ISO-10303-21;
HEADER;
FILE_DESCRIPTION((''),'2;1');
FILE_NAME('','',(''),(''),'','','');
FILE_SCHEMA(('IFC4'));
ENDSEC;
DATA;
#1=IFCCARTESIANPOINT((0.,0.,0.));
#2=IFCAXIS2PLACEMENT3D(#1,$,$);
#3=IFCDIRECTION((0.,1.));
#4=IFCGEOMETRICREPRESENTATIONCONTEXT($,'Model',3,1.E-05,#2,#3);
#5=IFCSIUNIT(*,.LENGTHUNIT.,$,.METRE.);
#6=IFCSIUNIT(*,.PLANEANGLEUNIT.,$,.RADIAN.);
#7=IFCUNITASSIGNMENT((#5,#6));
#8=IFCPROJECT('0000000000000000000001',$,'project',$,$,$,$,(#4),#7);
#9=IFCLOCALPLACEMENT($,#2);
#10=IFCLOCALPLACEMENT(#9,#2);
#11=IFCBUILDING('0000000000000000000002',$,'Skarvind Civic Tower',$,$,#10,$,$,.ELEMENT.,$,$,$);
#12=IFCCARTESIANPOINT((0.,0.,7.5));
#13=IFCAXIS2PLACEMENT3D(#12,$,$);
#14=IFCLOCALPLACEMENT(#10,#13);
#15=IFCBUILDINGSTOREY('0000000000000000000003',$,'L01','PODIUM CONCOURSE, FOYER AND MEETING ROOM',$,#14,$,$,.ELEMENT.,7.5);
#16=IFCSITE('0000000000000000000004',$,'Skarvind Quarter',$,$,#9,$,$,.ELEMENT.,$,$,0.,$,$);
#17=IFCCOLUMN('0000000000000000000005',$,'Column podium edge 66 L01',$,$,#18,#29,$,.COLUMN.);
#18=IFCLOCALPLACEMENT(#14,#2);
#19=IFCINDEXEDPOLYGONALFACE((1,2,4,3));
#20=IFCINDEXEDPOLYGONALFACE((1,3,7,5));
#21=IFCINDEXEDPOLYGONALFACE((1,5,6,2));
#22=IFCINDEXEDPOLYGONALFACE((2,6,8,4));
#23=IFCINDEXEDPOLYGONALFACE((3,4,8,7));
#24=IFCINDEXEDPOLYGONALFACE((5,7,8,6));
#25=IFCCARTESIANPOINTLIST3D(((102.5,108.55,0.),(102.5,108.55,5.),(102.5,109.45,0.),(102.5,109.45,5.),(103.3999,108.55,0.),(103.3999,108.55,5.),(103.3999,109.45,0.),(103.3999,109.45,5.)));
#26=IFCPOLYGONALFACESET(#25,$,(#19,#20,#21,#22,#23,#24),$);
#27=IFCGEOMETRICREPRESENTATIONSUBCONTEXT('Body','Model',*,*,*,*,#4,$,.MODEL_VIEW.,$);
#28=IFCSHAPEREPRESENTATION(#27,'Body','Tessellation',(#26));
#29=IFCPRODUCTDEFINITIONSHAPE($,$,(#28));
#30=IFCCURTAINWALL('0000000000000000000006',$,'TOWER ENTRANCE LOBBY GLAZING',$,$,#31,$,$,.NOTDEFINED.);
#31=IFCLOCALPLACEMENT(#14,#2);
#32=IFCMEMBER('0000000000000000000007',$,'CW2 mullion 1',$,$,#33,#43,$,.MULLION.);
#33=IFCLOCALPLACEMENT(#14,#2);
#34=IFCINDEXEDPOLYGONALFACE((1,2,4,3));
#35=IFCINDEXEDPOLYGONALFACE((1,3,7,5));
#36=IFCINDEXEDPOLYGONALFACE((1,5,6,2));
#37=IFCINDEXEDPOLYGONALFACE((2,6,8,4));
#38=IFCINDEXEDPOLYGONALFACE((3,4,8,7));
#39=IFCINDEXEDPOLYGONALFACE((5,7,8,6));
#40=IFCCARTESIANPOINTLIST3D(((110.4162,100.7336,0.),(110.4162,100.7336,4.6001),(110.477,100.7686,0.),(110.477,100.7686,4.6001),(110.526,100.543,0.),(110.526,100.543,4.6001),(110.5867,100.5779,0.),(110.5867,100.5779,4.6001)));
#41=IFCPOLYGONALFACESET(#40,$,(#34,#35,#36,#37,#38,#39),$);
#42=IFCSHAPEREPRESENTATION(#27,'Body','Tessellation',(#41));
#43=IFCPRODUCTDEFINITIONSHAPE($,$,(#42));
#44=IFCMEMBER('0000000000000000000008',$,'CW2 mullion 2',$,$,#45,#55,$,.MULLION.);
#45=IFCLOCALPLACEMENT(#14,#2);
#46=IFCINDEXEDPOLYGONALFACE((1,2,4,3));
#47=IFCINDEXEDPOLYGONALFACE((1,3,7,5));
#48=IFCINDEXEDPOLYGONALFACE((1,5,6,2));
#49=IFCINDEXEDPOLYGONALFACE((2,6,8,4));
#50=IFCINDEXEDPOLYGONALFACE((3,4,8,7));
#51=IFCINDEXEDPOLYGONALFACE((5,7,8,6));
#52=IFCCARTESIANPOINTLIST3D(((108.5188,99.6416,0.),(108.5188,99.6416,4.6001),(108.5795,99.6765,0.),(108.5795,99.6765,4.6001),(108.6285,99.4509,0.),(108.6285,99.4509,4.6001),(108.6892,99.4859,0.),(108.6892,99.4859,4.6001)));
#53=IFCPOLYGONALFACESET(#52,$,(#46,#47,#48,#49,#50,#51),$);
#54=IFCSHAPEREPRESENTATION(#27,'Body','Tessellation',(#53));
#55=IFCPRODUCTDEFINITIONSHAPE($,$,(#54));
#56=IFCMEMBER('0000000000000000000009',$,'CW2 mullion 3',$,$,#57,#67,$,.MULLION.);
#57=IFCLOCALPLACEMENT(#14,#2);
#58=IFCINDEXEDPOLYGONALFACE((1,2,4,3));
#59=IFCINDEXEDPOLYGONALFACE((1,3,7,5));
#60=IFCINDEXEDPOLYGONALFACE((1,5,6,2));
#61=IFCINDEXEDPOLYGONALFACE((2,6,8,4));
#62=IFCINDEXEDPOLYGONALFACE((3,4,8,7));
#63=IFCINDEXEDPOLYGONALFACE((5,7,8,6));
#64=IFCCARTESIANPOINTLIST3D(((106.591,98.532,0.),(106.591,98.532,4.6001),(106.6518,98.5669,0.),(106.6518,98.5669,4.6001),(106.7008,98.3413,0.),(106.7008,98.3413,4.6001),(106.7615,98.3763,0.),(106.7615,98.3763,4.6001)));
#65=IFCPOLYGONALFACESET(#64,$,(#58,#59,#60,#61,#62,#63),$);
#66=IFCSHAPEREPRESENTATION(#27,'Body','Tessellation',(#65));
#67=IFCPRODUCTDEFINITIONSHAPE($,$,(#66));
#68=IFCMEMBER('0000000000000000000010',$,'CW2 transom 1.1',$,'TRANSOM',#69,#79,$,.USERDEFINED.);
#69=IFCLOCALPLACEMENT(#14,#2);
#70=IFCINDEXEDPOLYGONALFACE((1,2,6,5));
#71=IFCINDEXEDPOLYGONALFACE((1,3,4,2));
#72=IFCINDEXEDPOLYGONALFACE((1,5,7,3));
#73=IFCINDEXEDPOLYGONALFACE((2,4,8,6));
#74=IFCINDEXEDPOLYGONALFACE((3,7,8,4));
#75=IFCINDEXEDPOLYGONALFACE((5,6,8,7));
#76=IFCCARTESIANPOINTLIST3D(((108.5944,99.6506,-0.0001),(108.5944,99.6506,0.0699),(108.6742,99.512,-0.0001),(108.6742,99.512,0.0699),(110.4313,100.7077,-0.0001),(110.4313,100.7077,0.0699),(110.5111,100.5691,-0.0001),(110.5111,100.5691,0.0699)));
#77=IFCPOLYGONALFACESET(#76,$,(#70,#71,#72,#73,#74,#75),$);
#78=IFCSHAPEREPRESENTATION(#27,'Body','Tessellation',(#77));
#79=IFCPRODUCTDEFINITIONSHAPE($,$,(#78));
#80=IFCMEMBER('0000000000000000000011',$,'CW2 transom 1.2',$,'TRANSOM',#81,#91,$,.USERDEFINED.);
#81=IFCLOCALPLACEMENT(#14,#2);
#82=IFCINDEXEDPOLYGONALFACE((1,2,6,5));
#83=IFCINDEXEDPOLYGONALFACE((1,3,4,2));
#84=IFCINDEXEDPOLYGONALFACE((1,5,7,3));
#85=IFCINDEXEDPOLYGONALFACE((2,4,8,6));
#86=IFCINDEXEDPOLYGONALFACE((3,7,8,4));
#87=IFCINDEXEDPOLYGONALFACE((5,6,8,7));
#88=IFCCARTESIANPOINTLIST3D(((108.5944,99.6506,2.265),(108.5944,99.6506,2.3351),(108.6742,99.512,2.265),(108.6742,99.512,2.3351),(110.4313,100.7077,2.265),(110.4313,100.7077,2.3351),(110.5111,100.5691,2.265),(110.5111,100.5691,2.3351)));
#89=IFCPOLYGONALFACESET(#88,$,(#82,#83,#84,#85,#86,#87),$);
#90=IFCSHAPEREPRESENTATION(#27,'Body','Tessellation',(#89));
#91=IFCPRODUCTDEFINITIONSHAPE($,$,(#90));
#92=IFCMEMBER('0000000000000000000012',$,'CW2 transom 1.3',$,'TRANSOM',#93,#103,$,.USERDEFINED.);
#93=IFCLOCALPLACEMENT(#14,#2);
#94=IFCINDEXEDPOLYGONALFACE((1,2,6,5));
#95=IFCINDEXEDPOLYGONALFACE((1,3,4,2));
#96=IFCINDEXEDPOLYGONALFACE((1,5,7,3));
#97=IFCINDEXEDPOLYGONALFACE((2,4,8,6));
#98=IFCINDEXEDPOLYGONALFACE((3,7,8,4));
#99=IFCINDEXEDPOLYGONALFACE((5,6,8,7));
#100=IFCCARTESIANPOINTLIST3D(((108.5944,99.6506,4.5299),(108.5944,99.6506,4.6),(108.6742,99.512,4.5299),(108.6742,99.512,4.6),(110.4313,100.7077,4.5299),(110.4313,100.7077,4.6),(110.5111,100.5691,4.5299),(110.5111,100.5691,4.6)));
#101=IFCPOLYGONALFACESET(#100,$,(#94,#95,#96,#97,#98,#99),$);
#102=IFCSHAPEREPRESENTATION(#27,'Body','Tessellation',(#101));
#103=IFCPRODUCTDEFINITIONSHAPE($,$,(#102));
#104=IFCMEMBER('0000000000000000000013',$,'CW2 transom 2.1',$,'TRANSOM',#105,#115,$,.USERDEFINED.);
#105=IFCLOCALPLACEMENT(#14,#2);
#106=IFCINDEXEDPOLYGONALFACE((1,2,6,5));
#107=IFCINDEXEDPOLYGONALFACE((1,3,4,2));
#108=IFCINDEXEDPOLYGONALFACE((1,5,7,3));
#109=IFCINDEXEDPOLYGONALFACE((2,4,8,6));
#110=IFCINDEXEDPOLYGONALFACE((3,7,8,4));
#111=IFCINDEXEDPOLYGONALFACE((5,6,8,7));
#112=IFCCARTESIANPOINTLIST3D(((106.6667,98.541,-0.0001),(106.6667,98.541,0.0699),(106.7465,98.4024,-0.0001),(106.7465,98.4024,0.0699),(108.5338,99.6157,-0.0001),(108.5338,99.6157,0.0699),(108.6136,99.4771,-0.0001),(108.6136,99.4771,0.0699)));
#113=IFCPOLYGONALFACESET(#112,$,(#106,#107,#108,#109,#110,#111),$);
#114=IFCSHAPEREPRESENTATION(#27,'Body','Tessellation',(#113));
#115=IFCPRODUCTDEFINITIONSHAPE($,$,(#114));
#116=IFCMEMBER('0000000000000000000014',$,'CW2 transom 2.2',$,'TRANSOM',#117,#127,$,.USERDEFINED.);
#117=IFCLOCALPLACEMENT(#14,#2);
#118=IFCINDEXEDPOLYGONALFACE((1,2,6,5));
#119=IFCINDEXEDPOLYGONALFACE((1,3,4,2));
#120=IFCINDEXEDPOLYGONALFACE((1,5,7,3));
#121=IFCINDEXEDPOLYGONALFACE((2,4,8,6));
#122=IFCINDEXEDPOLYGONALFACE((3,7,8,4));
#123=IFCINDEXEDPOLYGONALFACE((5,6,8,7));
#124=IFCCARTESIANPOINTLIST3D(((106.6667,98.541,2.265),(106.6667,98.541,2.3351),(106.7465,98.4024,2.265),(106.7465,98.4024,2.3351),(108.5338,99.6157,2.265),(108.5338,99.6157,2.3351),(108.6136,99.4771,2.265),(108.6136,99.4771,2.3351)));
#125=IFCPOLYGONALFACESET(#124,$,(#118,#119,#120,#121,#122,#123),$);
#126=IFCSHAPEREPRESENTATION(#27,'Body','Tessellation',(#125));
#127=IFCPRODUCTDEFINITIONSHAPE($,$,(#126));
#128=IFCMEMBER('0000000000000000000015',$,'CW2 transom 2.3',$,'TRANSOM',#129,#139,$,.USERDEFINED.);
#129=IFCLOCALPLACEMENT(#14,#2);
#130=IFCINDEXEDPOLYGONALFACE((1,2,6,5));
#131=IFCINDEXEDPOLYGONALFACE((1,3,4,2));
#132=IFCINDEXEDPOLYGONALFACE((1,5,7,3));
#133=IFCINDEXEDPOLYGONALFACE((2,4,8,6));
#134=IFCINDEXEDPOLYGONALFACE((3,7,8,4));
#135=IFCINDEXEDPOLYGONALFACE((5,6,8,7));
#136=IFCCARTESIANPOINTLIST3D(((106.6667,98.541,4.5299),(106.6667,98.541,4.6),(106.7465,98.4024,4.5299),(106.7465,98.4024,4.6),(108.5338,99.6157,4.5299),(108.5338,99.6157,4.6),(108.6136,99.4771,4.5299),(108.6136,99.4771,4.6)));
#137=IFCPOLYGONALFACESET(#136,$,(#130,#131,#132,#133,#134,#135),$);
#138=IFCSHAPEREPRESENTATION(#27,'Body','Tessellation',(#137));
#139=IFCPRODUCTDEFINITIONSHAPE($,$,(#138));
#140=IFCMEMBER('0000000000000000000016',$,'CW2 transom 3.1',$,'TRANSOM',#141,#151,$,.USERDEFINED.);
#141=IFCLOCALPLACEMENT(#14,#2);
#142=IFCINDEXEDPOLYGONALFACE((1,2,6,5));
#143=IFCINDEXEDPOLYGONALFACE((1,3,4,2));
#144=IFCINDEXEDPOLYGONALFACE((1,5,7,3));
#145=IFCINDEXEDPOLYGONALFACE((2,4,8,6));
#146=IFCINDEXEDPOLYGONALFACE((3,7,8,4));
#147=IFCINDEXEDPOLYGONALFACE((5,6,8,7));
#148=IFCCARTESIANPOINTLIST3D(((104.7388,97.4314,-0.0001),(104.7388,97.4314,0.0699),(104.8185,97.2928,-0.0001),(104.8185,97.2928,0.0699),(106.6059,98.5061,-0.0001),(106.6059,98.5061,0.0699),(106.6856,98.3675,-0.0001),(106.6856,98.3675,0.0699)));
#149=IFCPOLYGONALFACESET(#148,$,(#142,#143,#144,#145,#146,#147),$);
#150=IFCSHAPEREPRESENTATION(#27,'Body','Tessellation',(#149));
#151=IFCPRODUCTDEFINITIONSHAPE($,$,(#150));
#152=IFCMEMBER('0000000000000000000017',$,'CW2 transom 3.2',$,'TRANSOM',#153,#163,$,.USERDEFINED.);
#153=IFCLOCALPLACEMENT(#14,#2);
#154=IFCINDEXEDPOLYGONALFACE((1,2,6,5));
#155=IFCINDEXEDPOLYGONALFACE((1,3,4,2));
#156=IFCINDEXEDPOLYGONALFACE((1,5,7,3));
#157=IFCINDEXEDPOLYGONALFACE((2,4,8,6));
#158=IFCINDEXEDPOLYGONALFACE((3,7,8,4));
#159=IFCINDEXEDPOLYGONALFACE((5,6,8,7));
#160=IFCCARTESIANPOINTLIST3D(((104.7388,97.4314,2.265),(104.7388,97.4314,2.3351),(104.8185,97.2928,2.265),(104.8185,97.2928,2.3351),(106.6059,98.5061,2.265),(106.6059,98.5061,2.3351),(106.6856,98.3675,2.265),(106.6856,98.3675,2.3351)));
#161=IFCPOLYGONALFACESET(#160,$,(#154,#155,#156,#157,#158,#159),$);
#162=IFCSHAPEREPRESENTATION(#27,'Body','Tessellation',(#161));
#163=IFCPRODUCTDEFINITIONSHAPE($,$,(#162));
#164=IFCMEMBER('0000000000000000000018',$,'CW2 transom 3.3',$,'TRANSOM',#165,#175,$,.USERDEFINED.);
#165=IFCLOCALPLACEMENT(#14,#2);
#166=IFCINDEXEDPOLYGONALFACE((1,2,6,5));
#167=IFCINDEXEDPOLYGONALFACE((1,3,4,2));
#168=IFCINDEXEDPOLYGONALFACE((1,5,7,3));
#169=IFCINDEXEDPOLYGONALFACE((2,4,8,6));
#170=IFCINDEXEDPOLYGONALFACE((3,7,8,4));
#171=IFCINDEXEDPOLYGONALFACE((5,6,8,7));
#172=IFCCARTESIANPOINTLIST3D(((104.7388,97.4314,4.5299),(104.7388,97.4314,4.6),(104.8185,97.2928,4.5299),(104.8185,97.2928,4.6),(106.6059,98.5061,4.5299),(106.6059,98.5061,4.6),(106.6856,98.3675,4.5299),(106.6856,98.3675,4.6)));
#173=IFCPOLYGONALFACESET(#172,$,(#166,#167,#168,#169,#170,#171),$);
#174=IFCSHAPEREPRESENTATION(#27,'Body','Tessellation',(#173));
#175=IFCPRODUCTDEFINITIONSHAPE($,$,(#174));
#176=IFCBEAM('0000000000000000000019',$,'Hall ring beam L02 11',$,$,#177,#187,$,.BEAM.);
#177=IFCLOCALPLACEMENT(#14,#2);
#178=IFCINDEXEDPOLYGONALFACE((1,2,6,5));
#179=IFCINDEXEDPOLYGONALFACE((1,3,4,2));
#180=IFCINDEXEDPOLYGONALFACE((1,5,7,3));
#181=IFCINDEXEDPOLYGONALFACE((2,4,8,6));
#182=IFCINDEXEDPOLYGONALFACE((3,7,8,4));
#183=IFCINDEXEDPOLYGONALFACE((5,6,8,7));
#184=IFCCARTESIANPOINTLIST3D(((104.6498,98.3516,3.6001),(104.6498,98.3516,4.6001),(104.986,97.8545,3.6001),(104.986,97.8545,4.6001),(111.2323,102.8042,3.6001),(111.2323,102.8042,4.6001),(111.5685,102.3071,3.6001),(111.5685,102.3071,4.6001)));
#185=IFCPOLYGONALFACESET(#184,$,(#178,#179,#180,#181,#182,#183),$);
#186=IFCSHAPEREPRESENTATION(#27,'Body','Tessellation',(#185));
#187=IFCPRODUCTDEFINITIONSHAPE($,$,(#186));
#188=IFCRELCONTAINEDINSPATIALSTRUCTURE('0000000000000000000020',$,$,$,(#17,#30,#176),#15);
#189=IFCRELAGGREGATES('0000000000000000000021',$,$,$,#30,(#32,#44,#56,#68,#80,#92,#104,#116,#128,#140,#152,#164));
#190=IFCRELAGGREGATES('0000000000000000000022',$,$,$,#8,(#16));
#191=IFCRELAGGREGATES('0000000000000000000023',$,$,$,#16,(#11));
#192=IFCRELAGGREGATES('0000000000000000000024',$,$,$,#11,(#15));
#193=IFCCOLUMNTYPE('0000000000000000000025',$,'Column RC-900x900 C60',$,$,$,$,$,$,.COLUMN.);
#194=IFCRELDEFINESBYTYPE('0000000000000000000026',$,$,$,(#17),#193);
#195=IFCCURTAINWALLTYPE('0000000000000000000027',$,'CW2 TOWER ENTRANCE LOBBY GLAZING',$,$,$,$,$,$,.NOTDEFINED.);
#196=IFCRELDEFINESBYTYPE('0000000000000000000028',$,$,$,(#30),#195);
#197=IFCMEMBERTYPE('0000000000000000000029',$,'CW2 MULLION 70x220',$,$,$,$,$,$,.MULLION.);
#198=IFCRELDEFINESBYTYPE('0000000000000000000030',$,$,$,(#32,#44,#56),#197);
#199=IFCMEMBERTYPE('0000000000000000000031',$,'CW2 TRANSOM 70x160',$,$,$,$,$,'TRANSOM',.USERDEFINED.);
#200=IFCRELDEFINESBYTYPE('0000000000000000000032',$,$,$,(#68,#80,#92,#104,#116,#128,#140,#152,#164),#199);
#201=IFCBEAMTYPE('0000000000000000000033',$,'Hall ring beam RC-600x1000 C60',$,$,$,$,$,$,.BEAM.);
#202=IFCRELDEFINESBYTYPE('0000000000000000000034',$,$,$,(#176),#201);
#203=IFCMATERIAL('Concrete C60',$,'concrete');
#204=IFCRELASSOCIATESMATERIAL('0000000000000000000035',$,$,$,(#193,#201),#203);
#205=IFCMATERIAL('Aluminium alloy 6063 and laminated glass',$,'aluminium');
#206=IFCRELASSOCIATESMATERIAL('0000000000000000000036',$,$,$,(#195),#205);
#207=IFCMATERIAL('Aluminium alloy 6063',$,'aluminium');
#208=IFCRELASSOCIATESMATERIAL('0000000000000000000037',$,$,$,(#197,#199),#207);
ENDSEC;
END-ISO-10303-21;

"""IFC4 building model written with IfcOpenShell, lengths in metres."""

from ifc_helpers import new_model, si_unit, direction, frame, origin, origin_2d, place, context, subcontext, project, spatial, rectangle, extrude, material, material_profile, profile_set, type_object, element, aggregate, save


model = new_model("IFC4")

# Units and contexts
model_context = context("Model", 3, precision=1e-05, world=origin(), true_north=direction((0.0, 1.0)))
body_context = subcontext(model_context, "Body", "Model", "MODEL_VIEW")
ifc_project = project(units=[si_unit("LENGTHUNIT", "METRE"), si_unit("PLANEANGLEUNIT", "RADIAN")], contexts=[model_context])

# Site, building, storey
site_placement = place(None, origin())
site = spatial("IfcSite", under=ifc_project, at=site_placement, Name="Skarvind Quarter", CompositionType="ELEMENT", RefElevation=0.0)
building_placement = place(site_placement, origin())
building = spatial("IfcBuilding", under=site, at=building_placement, Name="Skarvind Civic Tower", CompositionType="ELEMENT")
storey_placement = place(building_placement, frame((0.0, 0.0, 7.5)))
storey = spatial("IfcBuildingStorey", under=building, at=storey_placement, Name="L01", Description="PODIUM CONCOURSE, FOYER AND MEETING ROOM", CompositionType="ELEMENT", Elevation=7.5)

# Column
ifc_material_1 = material(Name="Concrete C60", Category="concrete")
ifc_material_profile_1 = material_profile(ifc_material_1, rectangle(XDim=0.8999, YDim=0.8999, at=origin_2d()), Name="RC-900x900")
ifc_profile_set_1 = profile_set([ifc_material_profile_1], Name="Concrete C60")
column_type = type_object("IfcColumnType", Name="Column RC-900x900 C60", PredefinedType="COLUMN", material=ifc_profile_set_1)
column_placement = place(storey_placement, frame((102.95, 109.0, 0.0), z_axis=(0.0, 0.0, 1.0), x_axis=(1.0, 0.0, 0.0)))
element("IfcColumn", 1, at=column_placement, inside=storey, type_object=column_type, Name="Column podium edge 66 L01", PredefinedType="COLUMN", context=body_context, shape_type="SweptSolid", body=[
    extrude(rectangle(XDim=0.8999, YDim=0.8999, at=origin_2d()), origin(), (0.0, 0.0, 1.0), 5.0),
])

# Curtain wall, members
ifc_material_2 = material(Name="Aluminium alloy 6063 and laminated glass", Category="aluminium")
curtain_wall_type = type_object("IfcCurtainWallType", Name="CW2 TOWER ENTRANCE LOBBY GLAZING", PredefinedType="NOTDEFINED", material=ifc_material_2)
curtain_wall_placement = place(storey_placement, origin())
curtain_wall = element("IfcCurtainWall", 2, at=curtain_wall_placement, inside=storey, type_object=curtain_wall_type, Name="TOWER ENTRANCE LOBBY GLAZING", PredefinedType="NOTDEFINED")
ifc_material_3 = material(Name="Aluminium alloy 6063", Category="aluminium")
ifc_material_profile_2 = material_profile(ifc_material_3, rectangle(XDim=0.22, YDim=0.0701, at=origin_2d()), Name="AL 70x220")
ifc_profile_set_2 = profile_set([ifc_material_profile_2], Name="Aluminium alloy 6063")
member_type_1 = type_object("IfcMemberType", Name="CW2 MULLION 70x220", PredefinedType="MULLION", material=ifc_profile_set_2)
member_1_placement = place(storey_placement, frame((110.5015, 100.6558, 0.0), z_axis=(0.0, 0.0, 1.0), x_axis=(0.498825, -0.866702, 0.0)))
member_1 = element("IfcMember", 3, at=member_1_placement, type_object=member_type_1, Name="CW2 mullion 1", PredefinedType="MULLION", context=body_context, shape_type="SweptSolid", body=[
    extrude(rectangle(XDim=0.22, YDim=0.0701, at=origin_2d()), origin(), (0.0, 0.0, 1.0), 4.6001),
])
member_2_placement = place(storey_placement, frame((108.604, 99.5637, 0.0), z_axis=(0.0, 0.0, 1.0), x_axis=(0.498825, -0.866702, 0.0)))
member_2 = element("IfcMember", 4, at=member_2_placement, type_object=member_type_1, Name="CW2 mullion 2", PredefinedType="MULLION", context=body_context, shape_type="SweptSolid", body=[
    extrude(rectangle(XDim=0.22, YDim=0.0701, at=origin_2d()), origin(), (0.0, 0.0, 1.0), 4.6001),
])
member_3_placement = place(storey_placement, frame((106.6763, 98.4541, 0.0), z_axis=(0.0, 0.0, 1.0), x_axis=(0.498825, -0.866702, 0.0)))
member_3 = element("IfcMember", 5, at=member_3_placement, type_object=member_type_1, Name="CW2 mullion 3", PredefinedType="MULLION", context=body_context, shape_type="SweptSolid", body=[
    extrude(rectangle(XDim=0.22, YDim=0.0701, at=origin_2d()), origin(), (0.0, 0.0, 1.0), 4.6001),
])
ifc_material_profile_3 = material_profile(ifc_material_3, rectangle(XDim=0.1599, YDim=0.0701, at=origin_2d()), Name="AL 70x160")
ifc_profile_set_3 = profile_set([ifc_material_profile_3], Name="Aluminium alloy 6063")
member_type_2 = type_object("IfcMemberType", Name="CW2 TRANSOM 70x160", ElementType="TRANSOM", PredefinedType="USERDEFINED", material=ifc_profile_set_3)
member_4_placement = place(storey_placement, frame((110.4712, 100.6384, 0.0349), z_axis=(-0.866722, -0.498791, 0.0), x_axis=(0.498791, -0.866722, 0.0)))
member_4 = element("IfcMember", 6, at=member_4_placement, type_object=member_type_2, Name="CW2 transom 1.1", ObjectType="TRANSOM", PredefinedType="USERDEFINED", context=body_context, shape_type="SweptSolid", body=[
    extrude(rectangle(XDim=0.1599, YDim=0.0701, at=origin_2d()), origin(), (0.0, 0.0, 1.0), 2.1194),
])
member_5_placement = place(storey_placement, frame((110.4712, 100.6384, 2.3), z_axis=(-0.866722, -0.498791, 0.0), x_axis=(0.498791, -0.866722, 0.0)))
member_5 = element("IfcMember", 7, at=member_5_placement, type_object=member_type_2, Name="CW2 transom 1.2", ObjectType="TRANSOM", PredefinedType="USERDEFINED", context=body_context, shape_type="SweptSolid", body=[
    extrude(rectangle(XDim=0.1599, YDim=0.0701, at=origin_2d()), origin(), (0.0, 0.0, 1.0), 2.1194),
])
member_6_placement = place(storey_placement, frame((110.4712, 100.6384, 4.5649), z_axis=(-0.866722, -0.498791, 0.0), x_axis=(0.498791, -0.866722, 0.0)))
member_6 = element("IfcMember", 8, at=member_6_placement, type_object=member_type_2, Name="CW2 transom 1.3", ObjectType="TRANSOM", PredefinedType="USERDEFINED", context=body_context, shape_type="SweptSolid", body=[
    extrude(rectangle(XDim=0.1599, YDim=0.0701, at=origin_2d()), origin(), (0.0, 0.0, 1.0), 2.1194),
])
member_7_placement = place(storey_placement, frame((108.5737, 99.5464, 0.0349), z_axis=(-0.866691, -0.498846, 0.0), x_axis=(0.498846, -0.866691, 0.0)))
member_7 = element("IfcMember", 9, at=member_7_placement, type_object=member_type_2, Name="CW2 transom 2.1", ObjectType="TRANSOM", PredefinedType="USERDEFINED", context=body_context, shape_type="SweptSolid", body=[
    extrude(rectangle(XDim=0.1599, YDim=0.0701, at=origin_2d()), origin(), (0.0, 0.0, 1.0), 2.1543),
])
member_8_placement = place(storey_placement, frame((108.5737, 99.5464, 2.3), z_axis=(-0.866691, -0.498846, 0.0), x_axis=(0.498846, -0.866691, 0.0)))
member_8 = element("IfcMember", 10, at=member_8_placement, type_object=member_type_2, Name="CW2 transom 2.2", ObjectType="TRANSOM", PredefinedType="USERDEFINED", context=body_context, shape_type="SweptSolid", body=[
    extrude(rectangle(XDim=0.1599, YDim=0.0701, at=origin_2d()), origin(), (0.0, 0.0, 1.0), 2.1543),
])
member_9_placement = place(storey_placement, frame((108.5737, 99.5464, 4.5649), z_axis=(-0.866691, -0.498846, 0.0), x_axis=(0.498846, -0.866691, 0.0)))
member_9 = element("IfcMember", 11, at=member_9_placement, type_object=member_type_2, Name="CW2 transom 2.3", ObjectType="TRANSOM", PredefinedType="USERDEFINED", context=body_context, shape_type="SweptSolid", body=[
    extrude(rectangle(XDim=0.1599, YDim=0.0701, at=origin_2d()), origin(), (0.0, 0.0, 1.0), 2.1543),
])
member_10_placement = place(storey_placement, frame((106.6458, 98.4368, 0.0349), z_axis=(-0.866691, -0.498846, 0.0), x_axis=(0.498846, -0.866691, 0.0)))
member_10 = element("IfcMember", 12, at=member_10_placement, type_object=member_type_2, Name="CW2 transom 3.1", ObjectType="TRANSOM", PredefinedType="USERDEFINED", context=body_context, shape_type="SweptSolid", body=[
    extrude(rectangle(XDim=0.1599, YDim=0.0701, at=origin_2d()), origin(), (0.0, 0.0, 1.0), 2.1543),
])
member_11_placement = place(storey_placement, frame((106.6458, 98.4368, 2.3), z_axis=(-0.866691, -0.498846, 0.0), x_axis=(0.498846, -0.866691, 0.0)))
member_11 = element("IfcMember", 13, at=member_11_placement, type_object=member_type_2, Name="CW2 transom 3.2", ObjectType="TRANSOM", PredefinedType="USERDEFINED", context=body_context, shape_type="SweptSolid", body=[
    extrude(rectangle(XDim=0.1599, YDim=0.0701, at=origin_2d()), origin(), (0.0, 0.0, 1.0), 2.1543),
])
member_12_placement = place(storey_placement, frame((106.6458, 98.4368, 4.5649), z_axis=(-0.866691, -0.498846, 0.0), x_axis=(0.498846, -0.866691, 0.0)))
member_12 = element("IfcMember", 14, at=member_12_placement, type_object=member_type_2, Name="CW2 transom 3.3", ObjectType="TRANSOM", PredefinedType="USERDEFINED", context=body_context, shape_type="SweptSolid", body=[
    extrude(rectangle(XDim=0.1599, YDim=0.0701, at=origin_2d()), origin(), (0.0, 0.0, 1.0), 2.1543),
])

# Beam
ifc_material_profile_4 = material_profile(ifc_material_1, rectangle(XDim=0.6001, YDim=1.0, at=origin_2d()), Name="RC-600x1000")
ifc_profile_set_4 = profile_set([ifc_material_profile_4], Name="Concrete C60")
beam_type = type_object("IfcBeamType", Name="Hall ring beam RC-600x1000 C60", PredefinedType="BEAM", material=ifc_profile_set_4)
beam_1_placement = place(storey_placement, frame((104.8179, 98.103, 4.1001), z_axis=(0.828298, 0.560288, 0.0), x_axis=(-0.560288, 0.828298, 0.0)))
element("IfcBeam", 15, at=beam_1_placement, inside=storey, type_object=beam_type, Name="Hall ring beam L02 11", PredefinedType="BEAM", context=body_context, shape_type="SweptSolid", body=[
    extrude(rectangle(XDim=0.6001, YDim=1.0, at=origin_2d()), origin(), (0.0, 0.0, 1.0), 7.947),
])

aggregate(curtain_wall, [member_1, member_2, member_3, member_4, member_5, member_6, member_7, member_8, member_9, member_10, member_11, member_12])

save(model, "model.ifc")
